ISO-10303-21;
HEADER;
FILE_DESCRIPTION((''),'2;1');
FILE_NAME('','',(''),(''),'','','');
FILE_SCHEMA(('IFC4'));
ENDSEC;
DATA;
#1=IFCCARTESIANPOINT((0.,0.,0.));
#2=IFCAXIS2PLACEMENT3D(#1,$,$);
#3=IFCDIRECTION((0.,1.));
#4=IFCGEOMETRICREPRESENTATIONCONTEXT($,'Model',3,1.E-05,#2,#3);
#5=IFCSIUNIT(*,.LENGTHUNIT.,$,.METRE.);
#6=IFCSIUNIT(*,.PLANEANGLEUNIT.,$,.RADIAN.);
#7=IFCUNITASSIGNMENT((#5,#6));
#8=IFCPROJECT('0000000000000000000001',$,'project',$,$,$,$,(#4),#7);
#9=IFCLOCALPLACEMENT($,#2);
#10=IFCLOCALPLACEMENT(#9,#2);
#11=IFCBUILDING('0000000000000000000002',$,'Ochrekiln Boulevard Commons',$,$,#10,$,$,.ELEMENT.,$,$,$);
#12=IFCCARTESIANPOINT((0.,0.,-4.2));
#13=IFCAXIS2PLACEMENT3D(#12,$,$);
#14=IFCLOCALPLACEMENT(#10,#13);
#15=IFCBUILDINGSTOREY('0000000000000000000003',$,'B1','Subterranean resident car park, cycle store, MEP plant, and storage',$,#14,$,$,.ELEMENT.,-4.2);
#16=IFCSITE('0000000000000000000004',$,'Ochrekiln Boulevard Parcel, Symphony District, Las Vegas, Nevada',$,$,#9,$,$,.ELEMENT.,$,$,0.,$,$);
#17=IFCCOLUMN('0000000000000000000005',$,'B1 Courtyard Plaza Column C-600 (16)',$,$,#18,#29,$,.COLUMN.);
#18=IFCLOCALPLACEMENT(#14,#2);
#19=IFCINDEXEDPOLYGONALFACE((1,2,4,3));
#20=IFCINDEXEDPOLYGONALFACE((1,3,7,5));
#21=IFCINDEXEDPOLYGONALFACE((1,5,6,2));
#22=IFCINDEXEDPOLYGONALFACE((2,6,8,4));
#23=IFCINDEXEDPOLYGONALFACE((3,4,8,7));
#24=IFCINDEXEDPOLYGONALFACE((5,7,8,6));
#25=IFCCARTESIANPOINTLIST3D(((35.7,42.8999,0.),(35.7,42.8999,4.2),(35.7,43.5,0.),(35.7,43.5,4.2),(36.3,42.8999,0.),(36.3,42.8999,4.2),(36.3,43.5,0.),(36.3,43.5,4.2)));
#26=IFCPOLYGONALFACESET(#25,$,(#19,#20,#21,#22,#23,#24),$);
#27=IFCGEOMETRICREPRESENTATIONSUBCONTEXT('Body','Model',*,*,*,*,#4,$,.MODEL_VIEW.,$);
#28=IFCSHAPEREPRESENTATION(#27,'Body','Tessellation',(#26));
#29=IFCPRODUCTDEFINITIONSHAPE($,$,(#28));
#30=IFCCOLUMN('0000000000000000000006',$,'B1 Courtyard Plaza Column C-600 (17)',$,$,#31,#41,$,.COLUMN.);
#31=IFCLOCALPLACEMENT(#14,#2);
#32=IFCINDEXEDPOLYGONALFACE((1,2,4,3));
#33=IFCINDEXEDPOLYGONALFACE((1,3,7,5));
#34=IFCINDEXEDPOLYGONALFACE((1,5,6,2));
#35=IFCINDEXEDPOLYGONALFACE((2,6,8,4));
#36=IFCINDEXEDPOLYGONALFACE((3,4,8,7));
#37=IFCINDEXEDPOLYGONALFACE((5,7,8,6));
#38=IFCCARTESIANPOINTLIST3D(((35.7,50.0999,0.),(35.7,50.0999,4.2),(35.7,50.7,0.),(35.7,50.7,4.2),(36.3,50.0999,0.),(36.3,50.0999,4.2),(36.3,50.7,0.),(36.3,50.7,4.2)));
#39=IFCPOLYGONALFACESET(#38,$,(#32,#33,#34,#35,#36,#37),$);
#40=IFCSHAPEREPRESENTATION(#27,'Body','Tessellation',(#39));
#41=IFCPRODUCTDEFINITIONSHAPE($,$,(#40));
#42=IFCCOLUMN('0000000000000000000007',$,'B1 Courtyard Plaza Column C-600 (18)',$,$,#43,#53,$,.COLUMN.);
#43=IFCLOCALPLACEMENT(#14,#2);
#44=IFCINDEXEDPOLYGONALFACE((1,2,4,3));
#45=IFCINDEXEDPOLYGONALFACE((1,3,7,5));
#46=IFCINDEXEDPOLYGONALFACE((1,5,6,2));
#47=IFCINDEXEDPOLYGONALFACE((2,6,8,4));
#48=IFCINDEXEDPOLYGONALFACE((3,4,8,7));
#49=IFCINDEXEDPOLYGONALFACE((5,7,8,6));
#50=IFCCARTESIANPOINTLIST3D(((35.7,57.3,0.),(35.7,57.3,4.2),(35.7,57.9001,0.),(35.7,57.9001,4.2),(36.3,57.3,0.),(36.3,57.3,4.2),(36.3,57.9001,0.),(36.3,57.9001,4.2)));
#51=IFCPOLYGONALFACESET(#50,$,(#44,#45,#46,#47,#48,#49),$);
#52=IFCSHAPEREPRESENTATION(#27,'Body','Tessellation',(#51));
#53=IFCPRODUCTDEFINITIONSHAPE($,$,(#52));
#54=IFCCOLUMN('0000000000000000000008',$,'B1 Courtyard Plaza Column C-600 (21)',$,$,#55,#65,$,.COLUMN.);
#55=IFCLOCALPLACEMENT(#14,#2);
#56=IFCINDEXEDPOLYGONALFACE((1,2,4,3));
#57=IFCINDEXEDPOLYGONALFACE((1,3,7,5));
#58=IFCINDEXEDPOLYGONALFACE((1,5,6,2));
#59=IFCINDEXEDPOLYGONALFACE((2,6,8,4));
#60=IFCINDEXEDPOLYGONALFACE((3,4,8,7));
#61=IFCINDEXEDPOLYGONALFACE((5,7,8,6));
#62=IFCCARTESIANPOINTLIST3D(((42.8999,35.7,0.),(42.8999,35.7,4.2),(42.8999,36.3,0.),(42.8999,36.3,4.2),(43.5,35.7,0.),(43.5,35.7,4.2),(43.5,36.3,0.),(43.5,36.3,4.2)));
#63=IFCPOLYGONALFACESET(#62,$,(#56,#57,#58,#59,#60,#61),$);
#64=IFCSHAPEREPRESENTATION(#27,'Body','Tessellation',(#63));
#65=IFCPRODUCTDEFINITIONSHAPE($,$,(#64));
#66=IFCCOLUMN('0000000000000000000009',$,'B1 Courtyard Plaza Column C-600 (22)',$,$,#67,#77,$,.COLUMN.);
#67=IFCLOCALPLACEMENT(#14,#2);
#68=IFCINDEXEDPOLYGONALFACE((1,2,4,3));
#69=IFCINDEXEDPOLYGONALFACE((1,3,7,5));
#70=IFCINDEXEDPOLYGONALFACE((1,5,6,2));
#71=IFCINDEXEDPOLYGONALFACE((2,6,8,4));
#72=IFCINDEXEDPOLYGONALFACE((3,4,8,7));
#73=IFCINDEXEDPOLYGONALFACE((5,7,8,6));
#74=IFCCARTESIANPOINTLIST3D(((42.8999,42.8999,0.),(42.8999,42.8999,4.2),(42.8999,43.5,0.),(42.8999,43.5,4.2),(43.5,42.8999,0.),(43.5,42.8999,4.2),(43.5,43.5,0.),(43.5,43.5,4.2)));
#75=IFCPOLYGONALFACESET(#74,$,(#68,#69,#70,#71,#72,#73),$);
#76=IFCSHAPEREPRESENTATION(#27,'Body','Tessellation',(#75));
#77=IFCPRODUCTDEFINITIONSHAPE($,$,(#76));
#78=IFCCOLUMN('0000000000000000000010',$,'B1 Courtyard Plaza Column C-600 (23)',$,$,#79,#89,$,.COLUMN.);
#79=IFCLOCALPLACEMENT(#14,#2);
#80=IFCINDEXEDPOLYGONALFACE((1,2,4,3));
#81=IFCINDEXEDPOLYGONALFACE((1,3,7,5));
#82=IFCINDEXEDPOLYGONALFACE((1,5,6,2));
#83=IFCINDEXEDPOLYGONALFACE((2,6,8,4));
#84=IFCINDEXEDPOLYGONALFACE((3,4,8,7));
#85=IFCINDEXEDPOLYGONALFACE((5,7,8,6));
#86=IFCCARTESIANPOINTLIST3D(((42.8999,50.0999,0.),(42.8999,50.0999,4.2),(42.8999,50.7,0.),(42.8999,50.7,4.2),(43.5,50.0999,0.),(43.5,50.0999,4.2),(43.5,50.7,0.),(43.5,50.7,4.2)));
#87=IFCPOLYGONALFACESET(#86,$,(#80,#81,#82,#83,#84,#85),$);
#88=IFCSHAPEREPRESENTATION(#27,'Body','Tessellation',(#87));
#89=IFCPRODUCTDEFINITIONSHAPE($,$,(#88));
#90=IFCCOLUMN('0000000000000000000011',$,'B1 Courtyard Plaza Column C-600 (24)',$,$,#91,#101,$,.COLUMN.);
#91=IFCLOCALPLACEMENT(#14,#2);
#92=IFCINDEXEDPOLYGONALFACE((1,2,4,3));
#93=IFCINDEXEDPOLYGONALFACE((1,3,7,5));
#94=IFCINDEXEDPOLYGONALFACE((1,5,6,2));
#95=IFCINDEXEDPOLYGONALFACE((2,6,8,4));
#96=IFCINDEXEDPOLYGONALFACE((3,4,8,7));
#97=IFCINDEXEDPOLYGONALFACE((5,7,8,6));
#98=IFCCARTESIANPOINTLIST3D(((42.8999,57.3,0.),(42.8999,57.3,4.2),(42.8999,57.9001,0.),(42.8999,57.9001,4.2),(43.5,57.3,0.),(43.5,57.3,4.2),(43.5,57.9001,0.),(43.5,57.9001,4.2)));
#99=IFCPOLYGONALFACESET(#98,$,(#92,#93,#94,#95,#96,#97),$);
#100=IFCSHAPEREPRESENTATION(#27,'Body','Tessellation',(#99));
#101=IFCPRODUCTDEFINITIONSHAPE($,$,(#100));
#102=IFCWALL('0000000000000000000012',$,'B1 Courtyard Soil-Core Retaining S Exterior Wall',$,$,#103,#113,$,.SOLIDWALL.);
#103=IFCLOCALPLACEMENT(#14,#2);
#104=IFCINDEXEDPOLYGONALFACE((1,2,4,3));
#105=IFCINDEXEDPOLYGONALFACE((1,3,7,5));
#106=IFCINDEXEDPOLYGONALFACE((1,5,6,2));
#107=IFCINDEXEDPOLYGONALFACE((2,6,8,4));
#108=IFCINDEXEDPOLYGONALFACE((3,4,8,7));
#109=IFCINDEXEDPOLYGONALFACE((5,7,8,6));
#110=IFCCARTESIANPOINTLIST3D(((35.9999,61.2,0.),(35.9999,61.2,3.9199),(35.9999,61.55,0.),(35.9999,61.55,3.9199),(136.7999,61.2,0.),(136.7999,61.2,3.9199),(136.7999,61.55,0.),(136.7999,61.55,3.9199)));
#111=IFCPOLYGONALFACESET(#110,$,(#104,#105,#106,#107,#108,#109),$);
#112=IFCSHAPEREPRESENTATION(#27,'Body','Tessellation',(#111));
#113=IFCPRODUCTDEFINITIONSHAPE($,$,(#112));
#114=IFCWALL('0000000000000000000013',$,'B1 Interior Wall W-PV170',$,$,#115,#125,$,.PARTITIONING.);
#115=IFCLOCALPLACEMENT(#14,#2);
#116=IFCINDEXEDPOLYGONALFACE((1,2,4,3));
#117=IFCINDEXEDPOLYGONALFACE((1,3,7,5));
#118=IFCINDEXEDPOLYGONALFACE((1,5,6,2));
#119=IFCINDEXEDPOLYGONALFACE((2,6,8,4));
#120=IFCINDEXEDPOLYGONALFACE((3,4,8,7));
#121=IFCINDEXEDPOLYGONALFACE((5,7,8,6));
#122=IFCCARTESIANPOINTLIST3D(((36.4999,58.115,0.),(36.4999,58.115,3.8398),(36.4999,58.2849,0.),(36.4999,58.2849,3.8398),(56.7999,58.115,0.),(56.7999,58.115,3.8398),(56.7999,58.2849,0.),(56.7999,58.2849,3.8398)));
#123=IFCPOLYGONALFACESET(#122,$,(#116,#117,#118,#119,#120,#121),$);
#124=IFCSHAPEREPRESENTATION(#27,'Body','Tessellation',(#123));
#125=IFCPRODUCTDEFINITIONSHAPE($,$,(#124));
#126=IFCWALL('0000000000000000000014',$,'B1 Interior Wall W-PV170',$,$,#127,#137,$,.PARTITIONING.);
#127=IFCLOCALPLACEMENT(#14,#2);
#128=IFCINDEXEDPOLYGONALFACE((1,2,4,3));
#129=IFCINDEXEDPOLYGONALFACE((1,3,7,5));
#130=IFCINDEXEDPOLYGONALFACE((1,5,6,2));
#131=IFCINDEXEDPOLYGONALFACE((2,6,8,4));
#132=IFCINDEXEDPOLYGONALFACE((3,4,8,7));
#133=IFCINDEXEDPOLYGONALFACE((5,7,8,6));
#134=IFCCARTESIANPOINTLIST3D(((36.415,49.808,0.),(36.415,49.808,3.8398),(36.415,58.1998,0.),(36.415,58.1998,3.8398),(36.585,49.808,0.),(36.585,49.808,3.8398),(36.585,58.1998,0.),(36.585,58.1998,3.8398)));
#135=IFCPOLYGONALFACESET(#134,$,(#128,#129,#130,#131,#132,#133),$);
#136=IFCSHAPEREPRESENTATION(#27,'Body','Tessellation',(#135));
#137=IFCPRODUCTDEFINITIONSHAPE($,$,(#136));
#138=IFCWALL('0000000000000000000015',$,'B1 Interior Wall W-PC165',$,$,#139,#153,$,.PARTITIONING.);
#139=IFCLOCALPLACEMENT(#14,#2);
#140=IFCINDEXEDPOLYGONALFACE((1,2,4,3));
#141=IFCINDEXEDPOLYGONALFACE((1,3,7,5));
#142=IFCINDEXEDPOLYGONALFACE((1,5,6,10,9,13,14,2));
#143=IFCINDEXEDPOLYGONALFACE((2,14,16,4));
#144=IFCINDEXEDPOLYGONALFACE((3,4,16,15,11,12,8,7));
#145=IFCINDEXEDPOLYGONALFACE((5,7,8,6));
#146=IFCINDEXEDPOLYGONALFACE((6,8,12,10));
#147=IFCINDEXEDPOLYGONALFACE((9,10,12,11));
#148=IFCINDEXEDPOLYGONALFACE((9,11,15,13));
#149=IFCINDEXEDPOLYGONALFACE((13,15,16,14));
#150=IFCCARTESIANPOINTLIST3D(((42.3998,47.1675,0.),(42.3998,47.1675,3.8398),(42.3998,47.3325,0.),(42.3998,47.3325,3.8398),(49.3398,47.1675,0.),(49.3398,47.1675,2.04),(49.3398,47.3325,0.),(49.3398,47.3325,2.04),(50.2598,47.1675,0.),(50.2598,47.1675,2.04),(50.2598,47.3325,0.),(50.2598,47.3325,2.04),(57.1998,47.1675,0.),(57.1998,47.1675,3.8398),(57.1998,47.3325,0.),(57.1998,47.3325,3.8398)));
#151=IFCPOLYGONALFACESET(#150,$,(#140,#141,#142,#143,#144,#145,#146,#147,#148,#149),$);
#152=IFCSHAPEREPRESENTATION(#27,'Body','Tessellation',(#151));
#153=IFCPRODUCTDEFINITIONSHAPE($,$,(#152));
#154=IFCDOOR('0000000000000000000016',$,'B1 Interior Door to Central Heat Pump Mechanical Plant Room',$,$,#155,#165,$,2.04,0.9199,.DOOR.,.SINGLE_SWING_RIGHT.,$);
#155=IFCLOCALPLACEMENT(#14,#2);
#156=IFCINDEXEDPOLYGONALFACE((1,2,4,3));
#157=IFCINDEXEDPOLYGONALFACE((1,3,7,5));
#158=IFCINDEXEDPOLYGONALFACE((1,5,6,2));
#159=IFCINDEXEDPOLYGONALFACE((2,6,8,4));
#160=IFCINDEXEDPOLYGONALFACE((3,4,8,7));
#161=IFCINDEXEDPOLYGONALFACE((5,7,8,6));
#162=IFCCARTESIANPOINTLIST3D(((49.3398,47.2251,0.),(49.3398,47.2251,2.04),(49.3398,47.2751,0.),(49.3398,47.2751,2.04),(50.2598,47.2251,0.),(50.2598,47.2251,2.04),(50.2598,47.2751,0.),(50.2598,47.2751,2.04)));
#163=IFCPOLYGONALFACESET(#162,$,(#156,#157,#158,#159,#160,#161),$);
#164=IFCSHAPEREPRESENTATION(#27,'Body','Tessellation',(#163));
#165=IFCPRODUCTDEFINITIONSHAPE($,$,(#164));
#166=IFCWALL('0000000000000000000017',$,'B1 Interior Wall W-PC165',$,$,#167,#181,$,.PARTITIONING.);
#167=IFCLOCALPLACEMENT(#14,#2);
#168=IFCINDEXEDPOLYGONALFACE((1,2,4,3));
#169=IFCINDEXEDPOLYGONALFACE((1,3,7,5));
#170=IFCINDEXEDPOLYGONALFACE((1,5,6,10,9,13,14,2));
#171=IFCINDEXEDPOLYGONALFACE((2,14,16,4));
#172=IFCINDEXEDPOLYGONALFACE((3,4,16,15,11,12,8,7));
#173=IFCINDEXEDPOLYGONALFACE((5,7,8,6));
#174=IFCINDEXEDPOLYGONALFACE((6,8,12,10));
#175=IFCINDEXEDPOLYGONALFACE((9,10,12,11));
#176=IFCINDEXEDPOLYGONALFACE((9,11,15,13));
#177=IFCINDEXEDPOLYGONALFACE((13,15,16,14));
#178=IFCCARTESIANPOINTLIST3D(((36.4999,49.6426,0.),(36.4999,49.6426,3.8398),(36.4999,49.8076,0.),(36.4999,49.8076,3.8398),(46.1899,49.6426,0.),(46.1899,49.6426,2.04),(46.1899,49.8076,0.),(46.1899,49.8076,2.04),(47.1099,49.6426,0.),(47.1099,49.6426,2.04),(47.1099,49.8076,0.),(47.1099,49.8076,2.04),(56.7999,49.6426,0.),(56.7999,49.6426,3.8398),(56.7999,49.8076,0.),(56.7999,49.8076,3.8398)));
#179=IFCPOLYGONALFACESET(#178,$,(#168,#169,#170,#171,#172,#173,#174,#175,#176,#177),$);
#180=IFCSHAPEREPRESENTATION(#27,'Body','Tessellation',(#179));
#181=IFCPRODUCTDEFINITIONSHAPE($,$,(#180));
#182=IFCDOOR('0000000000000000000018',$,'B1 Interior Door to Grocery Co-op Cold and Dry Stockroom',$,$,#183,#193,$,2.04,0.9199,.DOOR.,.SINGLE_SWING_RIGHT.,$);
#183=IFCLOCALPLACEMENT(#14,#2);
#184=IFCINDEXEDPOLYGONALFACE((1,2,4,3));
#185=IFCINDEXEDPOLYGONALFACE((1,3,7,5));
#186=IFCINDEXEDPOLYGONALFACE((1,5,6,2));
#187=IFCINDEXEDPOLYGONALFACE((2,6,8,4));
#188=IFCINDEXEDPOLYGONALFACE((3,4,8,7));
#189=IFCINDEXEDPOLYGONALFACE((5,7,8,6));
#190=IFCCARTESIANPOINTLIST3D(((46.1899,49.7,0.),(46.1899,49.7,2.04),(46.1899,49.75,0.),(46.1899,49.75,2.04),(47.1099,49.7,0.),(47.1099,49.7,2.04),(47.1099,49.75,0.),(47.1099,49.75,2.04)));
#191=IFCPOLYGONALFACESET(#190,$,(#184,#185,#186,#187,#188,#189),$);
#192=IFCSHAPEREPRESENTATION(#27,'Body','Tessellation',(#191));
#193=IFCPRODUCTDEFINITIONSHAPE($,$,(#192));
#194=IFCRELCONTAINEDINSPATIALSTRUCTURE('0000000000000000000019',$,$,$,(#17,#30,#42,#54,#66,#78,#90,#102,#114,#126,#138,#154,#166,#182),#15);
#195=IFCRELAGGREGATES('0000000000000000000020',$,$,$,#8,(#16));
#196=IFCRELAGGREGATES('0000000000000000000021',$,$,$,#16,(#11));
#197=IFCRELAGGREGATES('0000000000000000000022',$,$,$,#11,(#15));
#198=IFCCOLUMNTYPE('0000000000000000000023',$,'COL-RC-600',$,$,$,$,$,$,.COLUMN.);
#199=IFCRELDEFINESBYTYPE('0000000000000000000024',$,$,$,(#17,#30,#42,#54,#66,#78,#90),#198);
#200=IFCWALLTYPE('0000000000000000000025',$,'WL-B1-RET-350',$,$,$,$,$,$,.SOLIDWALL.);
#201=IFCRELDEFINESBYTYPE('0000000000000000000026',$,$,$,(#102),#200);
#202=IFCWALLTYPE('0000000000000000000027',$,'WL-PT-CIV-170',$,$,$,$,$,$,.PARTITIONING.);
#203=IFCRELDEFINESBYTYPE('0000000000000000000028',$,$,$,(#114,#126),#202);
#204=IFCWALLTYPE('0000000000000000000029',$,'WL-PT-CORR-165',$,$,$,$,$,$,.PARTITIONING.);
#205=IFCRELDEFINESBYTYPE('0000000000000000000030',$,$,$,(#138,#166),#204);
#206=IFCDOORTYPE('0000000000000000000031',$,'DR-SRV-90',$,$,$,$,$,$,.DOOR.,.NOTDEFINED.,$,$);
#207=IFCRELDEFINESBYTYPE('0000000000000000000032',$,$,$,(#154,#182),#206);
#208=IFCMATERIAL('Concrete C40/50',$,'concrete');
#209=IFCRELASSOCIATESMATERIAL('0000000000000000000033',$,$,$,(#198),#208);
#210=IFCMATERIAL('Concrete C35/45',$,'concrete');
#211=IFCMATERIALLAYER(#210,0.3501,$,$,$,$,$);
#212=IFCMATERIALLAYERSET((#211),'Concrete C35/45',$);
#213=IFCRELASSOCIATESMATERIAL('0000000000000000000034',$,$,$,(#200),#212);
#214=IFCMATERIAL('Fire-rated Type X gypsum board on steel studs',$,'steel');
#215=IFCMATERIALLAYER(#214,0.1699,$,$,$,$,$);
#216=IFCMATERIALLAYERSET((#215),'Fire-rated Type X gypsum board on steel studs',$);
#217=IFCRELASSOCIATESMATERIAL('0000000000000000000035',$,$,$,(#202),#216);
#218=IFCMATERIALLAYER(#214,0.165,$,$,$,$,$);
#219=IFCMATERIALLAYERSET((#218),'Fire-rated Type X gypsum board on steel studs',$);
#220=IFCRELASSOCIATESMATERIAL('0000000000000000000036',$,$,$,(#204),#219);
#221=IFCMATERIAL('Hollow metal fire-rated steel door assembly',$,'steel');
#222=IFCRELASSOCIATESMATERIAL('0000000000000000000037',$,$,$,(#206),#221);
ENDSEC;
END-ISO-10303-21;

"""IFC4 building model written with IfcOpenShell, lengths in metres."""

from ifc_helpers import new_model, si_unit, direction, frame, frame_2d, origin, origin_2d, place, context, subcontext, project, spatial, rectangle, extrude, material, layer, layer_set, material_profile, profile_set, type_object, element, fill, save


model = new_model("IFC4")

# Units and contexts
model_context = context("Model", 3, precision=1e-05, world=origin(), true_north=direction((0.0, 1.0)))
body_context = subcontext(model_context, "Body", "Model", "MODEL_VIEW")
ifc_project = project(units=[si_unit("LENGTHUNIT", "METRE"), si_unit("PLANEANGLEUNIT", "RADIAN")], contexts=[model_context])

# Site, building, storey
site_placement = place(None, origin())
site = spatial("IfcSite", under=ifc_project, at=site_placement, Name="Ochrekiln Boulevard Parcel, Symphony District, Las Vegas, Nevada", CompositionType="ELEMENT", RefElevation=0.0)
building_placement = place(site_placement, origin())
building = spatial("IfcBuilding", under=site, at=building_placement, Name="Ochrekiln Boulevard Commons", CompositionType="ELEMENT")
storey_placement = place(building_placement, frame((0.0, 0.0, -4.2)))
storey = spatial("IfcBuildingStorey", under=building, at=storey_placement, Name="B1", Description="Subterranean resident car park, cycle store, MEP plant, and storage", CompositionType="ELEMENT", Elevation=-4.2)

# Shared definitions
ifc_material_1 = material(Name="Concrete C35/45", Category="concrete")

# Columns
ifc_material_2 = material(Name="Concrete C40/50", Category="concrete")
ifc_material_profile_1 = material_profile(ifc_material_2, rectangle(XDim=0.6001, YDim=0.6001, at=origin_2d()), Name="RC-COL-600x600")
ifc_profile_set_1 = profile_set([ifc_material_profile_1], Name="Concrete C40/50")
column_type = type_object("IfcColumnType", Name="COL-RC-600", PredefinedType="COLUMN", material=ifc_profile_set_1)
for number, where, z_axis, x_axis, name in (
    (1, (36.0, 43.2, 0.0), (0.0, 0.0, 1.0), (1.0, 0.0, 0.0), "B1 Courtyard Plaza Column C-600 (16)"),
    (2, (36.0, 50.3999, 0.0), (0.0, 0.0, 1.0), (1.0, 0.0, 0.0), "B1 Courtyard Plaza Column C-600 (17)"),
    (3, (36.0, 57.6001, 0.0), (0.0, 0.0, 1.0), (1.0, 0.0, 0.0), "B1 Courtyard Plaza Column C-600 (18)"),
    (4, (43.2, 36.0, 0.0), (0.0, 0.0, 1.0), (1.0, 0.0, 0.0), "B1 Courtyard Plaza Column C-600 (21)"),
    (5, (43.2, 43.2, 0.0), (0.0, 0.0, 1.0), (1.0, 0.0, 0.0), "B1 Courtyard Plaza Column C-600 (22)"),
    (6, (43.2, 50.3999, 0.0), (0.0, 0.0, 1.0), (1.0, 0.0, 0.0), "B1 Courtyard Plaza Column C-600 (23)"),
    (7, (43.2, 57.6001, 0.0), (0.0, 0.0, 1.0), (1.0, 0.0, 0.0), "B1 Courtyard Plaza Column C-600 (24)"),
):
    element("IfcColumn", number, at=place(storey_placement, frame(where, z_axis=z_axis, x_axis=x_axis)), inside=storey, type_object=column_type, Name=name, PredefinedType="COLUMN", context=body_context, shape_type="SweptSolid", body=[
        extrude(rectangle(XDim=0.6001, YDim=0.6001, at=origin_2d()), origin(), (0.0, 0.0, 1.0), 4.2),
    ])

# Walls
ifc_layer_1 = layer(ifc_material_1, 0.3501)
ifc_layer_set_1 = layer_set([ifc_layer_1], Name="Concrete C35/45")
wall_type_1 = type_object("IfcWallType", Name="WL-B1-RET-350", PredefinedType="SOLIDWALL", material=ifc_layer_set_1)
wall_1_placement = place(storey_placement, frame((36.0, 61.375, 0.0), z_axis=(0.0, 0.0, 1.0), x_axis=(1.0, 0.0, 0.0)))
element("IfcWall", 8, at=wall_1_placement, inside=storey, type_object=wall_type_1, Name="B1 Courtyard Soil-Core Retaining S Exterior Wall", PredefinedType="SOLIDWALL", context=body_context, shape_type="SweptSolid", body=[
    extrude(rectangle(XDim=100.8, YDim=0.3501, at=frame_2d((50.3999, 0.0))), origin(), (0.0, 0.0, 1.0), 3.9199),
])
ifc_material_3 = material(Name="Fire-rated Type X gypsum board on steel studs", Category="steel")
ifc_layer_2 = layer(ifc_material_3, 0.1699)
ifc_layer_set_2 = layer_set([ifc_layer_2], Name="Fire-rated Type X gypsum board on steel studs")
wall_type_2 = type_object("IfcWallType", Name="WL-PT-CIV-170", PredefinedType="PARTITIONING", material=ifc_layer_set_2)
wall_2_placement = place(storey_placement, frame((36.5, 58.2, 0.0), z_axis=(0.0, 0.0, 1.0), x_axis=(1.0, 0.0, 0.0)))
element("IfcWall", 9, at=wall_2_placement, inside=storey, type_object=wall_type_2, Name="B1 Interior Wall W-PV170", PredefinedType="PARTITIONING", context=body_context, shape_type="SweptSolid", body=[
    extrude(rectangle(XDim=20.3, YDim=0.1699, at=frame_2d((10.1499, 0.0))), origin(), (0.0, 0.0, 1.0), 3.8398),
])
wall_3_placement = place(storey_placement, frame((36.5, 49.8081, 0.0), z_axis=(0.0, 0.0, 1.0), x_axis=(0.0, 1.0, 0.0)))
element("IfcWall", 10, at=wall_3_placement, inside=storey, type_object=wall_type_2, Name="B1 Interior Wall W-PV170", PredefinedType="PARTITIONING", context=body_context, shape_type="SweptSolid", body=[
    extrude(rectangle(XDim=8.3918, YDim=0.1699, at=frame_2d((4.1958, 0.0))), origin(), (0.0, 0.0, 1.0), 3.8398),
])

# Walls, openings, doors
ifc_layer_3 = layer(ifc_material_3, 0.165)
ifc_layer_set_3 = layer_set([ifc_layer_3], Name="Fire-rated Type X gypsum board on steel studs")
wall_type_3 = type_object("IfcWallType", Name="WL-PT-CORR-165", PredefinedType="PARTITIONING", material=ifc_layer_set_3)
wall_4_placement = place(storey_placement, frame((42.3999, 47.25, 0.0), z_axis=(0.0, 0.0, 1.0), x_axis=(1.0, 0.0, 0.0)))
wall_4 = element("IfcWall", 11, at=wall_4_placement, inside=storey, type_object=wall_type_3, Name="B1 Interior Wall W-PC165", PredefinedType="PARTITIONING", context=body_context, shape_type="SweptSolid", body=[
    extrude(rectangle(XDim=14.8, YDim=0.165, at=frame_2d((7.3999, 0.0))), origin(), (0.0, 0.0, 1.0), 3.8398),
])
opening_1_placement = place(wall_4_placement, frame((6.9399, 0.0, 0.0)))
opening_1 = element("IfcOpeningElement", 12, at=opening_1_placement, cuts=wall_4, PredefinedType="OPENING", context=body_context, shape_type="SweptSolid", body=[
    extrude(rectangle(XDim=0.9199, YDim=2.04, at=frame_2d((0.46, 1.02))), frame((0.0, 0.0925, 0.0), z_axis=(0.0, -1.0, 0.0), x_axis=(1.0, 0.0, 0.0)), (0.0, 0.0, 1.0), 0.1851),
])
ifc_material_4 = material(Name="Hollow metal fire-rated steel door assembly", Category="steel")
door_type = type_object("IfcDoorType", Name="DR-SRV-90", OperationType="NOTDEFINED", PredefinedType="DOOR", material=ifc_material_4)
door_1_placement = place(opening_1_placement, frame((0.9199, 0.0, 0.0), z_axis=(0.0, 0.0, 1.0), x_axis=(-1.0, 0.0, 0.0)))
door_1 = element("IfcDoor", 13, at=door_1_placement, inside=storey, type_object=door_type, Name="B1 Interior Door to Central Heat Pump Mechanical Plant Room", OperationType="SINGLE_SWING_RIGHT", OverallHeight=2.04, OverallWidth=0.9199, PredefinedType="DOOR", context=body_context, shape_type="SweptSolid", body=[
    extrude(rectangle(XDim=0.9199, YDim=2.04, at=frame_2d((0.46, 1.02))), frame((0.0, 0.0249, 0.0), z_axis=(0.0, -1.0, 0.0), x_axis=(1.0, 0.0, 0.0)), (0.0, 0.0, 1.0), 0.05),
])
fill(opening_1, door_1)
wall_5_placement = place(storey_placement, frame((36.5, 49.7251, 0.0), z_axis=(0.0, 0.0, 1.0), x_axis=(1.0, 0.0, 0.0)))
wall_5 = element("IfcWall", 14, at=wall_5_placement, inside=storey, type_object=wall_type_3, Name="B1 Interior Wall W-PC165", PredefinedType="PARTITIONING", context=body_context, shape_type="SweptSolid", body=[
    extrude(rectangle(XDim=20.3, YDim=0.165, at=frame_2d((10.1499, 0.0))), origin(), (0.0, 0.0, 1.0), 3.8398),
])
opening_2_placement = place(wall_5_placement, frame((9.6899, 0.0, 0.0)))
opening_2 = element("IfcOpeningElement", 15, at=opening_2_placement, cuts=wall_5, PredefinedType="OPENING", context=body_context, shape_type="SweptSolid", body=[
    extrude(rectangle(XDim=0.9199, YDim=2.04, at=frame_2d((0.46, 1.02))), frame((0.0, 0.0925, 0.0), z_axis=(0.0, -1.0, 0.0), x_axis=(1.0, 0.0, 0.0)), (0.0, 0.0, 1.0), 0.1851),
])
door_2_placement = place(opening_2_placement, origin())
door_2 = element("IfcDoor", 16, at=door_2_placement, inside=storey, type_object=door_type, Name="B1 Interior Door to Grocery Co-op Cold and Dry Stockroom", OperationType="SINGLE_SWING_RIGHT", OverallHeight=2.04, OverallWidth=0.9199, PredefinedType="DOOR", context=body_context, shape_type="SweptSolid", body=[
    extrude(rectangle(XDim=0.9199, YDim=2.04, at=frame_2d((0.46, 1.02))), frame((0.0, 0.0249, 0.0), z_axis=(0.0, -1.0, 0.0), x_axis=(1.0, 0.0, 0.0)), (0.0, 0.0, 1.0), 0.05),
])
fill(opening_2, door_2)

save(model, "model.ifc")
